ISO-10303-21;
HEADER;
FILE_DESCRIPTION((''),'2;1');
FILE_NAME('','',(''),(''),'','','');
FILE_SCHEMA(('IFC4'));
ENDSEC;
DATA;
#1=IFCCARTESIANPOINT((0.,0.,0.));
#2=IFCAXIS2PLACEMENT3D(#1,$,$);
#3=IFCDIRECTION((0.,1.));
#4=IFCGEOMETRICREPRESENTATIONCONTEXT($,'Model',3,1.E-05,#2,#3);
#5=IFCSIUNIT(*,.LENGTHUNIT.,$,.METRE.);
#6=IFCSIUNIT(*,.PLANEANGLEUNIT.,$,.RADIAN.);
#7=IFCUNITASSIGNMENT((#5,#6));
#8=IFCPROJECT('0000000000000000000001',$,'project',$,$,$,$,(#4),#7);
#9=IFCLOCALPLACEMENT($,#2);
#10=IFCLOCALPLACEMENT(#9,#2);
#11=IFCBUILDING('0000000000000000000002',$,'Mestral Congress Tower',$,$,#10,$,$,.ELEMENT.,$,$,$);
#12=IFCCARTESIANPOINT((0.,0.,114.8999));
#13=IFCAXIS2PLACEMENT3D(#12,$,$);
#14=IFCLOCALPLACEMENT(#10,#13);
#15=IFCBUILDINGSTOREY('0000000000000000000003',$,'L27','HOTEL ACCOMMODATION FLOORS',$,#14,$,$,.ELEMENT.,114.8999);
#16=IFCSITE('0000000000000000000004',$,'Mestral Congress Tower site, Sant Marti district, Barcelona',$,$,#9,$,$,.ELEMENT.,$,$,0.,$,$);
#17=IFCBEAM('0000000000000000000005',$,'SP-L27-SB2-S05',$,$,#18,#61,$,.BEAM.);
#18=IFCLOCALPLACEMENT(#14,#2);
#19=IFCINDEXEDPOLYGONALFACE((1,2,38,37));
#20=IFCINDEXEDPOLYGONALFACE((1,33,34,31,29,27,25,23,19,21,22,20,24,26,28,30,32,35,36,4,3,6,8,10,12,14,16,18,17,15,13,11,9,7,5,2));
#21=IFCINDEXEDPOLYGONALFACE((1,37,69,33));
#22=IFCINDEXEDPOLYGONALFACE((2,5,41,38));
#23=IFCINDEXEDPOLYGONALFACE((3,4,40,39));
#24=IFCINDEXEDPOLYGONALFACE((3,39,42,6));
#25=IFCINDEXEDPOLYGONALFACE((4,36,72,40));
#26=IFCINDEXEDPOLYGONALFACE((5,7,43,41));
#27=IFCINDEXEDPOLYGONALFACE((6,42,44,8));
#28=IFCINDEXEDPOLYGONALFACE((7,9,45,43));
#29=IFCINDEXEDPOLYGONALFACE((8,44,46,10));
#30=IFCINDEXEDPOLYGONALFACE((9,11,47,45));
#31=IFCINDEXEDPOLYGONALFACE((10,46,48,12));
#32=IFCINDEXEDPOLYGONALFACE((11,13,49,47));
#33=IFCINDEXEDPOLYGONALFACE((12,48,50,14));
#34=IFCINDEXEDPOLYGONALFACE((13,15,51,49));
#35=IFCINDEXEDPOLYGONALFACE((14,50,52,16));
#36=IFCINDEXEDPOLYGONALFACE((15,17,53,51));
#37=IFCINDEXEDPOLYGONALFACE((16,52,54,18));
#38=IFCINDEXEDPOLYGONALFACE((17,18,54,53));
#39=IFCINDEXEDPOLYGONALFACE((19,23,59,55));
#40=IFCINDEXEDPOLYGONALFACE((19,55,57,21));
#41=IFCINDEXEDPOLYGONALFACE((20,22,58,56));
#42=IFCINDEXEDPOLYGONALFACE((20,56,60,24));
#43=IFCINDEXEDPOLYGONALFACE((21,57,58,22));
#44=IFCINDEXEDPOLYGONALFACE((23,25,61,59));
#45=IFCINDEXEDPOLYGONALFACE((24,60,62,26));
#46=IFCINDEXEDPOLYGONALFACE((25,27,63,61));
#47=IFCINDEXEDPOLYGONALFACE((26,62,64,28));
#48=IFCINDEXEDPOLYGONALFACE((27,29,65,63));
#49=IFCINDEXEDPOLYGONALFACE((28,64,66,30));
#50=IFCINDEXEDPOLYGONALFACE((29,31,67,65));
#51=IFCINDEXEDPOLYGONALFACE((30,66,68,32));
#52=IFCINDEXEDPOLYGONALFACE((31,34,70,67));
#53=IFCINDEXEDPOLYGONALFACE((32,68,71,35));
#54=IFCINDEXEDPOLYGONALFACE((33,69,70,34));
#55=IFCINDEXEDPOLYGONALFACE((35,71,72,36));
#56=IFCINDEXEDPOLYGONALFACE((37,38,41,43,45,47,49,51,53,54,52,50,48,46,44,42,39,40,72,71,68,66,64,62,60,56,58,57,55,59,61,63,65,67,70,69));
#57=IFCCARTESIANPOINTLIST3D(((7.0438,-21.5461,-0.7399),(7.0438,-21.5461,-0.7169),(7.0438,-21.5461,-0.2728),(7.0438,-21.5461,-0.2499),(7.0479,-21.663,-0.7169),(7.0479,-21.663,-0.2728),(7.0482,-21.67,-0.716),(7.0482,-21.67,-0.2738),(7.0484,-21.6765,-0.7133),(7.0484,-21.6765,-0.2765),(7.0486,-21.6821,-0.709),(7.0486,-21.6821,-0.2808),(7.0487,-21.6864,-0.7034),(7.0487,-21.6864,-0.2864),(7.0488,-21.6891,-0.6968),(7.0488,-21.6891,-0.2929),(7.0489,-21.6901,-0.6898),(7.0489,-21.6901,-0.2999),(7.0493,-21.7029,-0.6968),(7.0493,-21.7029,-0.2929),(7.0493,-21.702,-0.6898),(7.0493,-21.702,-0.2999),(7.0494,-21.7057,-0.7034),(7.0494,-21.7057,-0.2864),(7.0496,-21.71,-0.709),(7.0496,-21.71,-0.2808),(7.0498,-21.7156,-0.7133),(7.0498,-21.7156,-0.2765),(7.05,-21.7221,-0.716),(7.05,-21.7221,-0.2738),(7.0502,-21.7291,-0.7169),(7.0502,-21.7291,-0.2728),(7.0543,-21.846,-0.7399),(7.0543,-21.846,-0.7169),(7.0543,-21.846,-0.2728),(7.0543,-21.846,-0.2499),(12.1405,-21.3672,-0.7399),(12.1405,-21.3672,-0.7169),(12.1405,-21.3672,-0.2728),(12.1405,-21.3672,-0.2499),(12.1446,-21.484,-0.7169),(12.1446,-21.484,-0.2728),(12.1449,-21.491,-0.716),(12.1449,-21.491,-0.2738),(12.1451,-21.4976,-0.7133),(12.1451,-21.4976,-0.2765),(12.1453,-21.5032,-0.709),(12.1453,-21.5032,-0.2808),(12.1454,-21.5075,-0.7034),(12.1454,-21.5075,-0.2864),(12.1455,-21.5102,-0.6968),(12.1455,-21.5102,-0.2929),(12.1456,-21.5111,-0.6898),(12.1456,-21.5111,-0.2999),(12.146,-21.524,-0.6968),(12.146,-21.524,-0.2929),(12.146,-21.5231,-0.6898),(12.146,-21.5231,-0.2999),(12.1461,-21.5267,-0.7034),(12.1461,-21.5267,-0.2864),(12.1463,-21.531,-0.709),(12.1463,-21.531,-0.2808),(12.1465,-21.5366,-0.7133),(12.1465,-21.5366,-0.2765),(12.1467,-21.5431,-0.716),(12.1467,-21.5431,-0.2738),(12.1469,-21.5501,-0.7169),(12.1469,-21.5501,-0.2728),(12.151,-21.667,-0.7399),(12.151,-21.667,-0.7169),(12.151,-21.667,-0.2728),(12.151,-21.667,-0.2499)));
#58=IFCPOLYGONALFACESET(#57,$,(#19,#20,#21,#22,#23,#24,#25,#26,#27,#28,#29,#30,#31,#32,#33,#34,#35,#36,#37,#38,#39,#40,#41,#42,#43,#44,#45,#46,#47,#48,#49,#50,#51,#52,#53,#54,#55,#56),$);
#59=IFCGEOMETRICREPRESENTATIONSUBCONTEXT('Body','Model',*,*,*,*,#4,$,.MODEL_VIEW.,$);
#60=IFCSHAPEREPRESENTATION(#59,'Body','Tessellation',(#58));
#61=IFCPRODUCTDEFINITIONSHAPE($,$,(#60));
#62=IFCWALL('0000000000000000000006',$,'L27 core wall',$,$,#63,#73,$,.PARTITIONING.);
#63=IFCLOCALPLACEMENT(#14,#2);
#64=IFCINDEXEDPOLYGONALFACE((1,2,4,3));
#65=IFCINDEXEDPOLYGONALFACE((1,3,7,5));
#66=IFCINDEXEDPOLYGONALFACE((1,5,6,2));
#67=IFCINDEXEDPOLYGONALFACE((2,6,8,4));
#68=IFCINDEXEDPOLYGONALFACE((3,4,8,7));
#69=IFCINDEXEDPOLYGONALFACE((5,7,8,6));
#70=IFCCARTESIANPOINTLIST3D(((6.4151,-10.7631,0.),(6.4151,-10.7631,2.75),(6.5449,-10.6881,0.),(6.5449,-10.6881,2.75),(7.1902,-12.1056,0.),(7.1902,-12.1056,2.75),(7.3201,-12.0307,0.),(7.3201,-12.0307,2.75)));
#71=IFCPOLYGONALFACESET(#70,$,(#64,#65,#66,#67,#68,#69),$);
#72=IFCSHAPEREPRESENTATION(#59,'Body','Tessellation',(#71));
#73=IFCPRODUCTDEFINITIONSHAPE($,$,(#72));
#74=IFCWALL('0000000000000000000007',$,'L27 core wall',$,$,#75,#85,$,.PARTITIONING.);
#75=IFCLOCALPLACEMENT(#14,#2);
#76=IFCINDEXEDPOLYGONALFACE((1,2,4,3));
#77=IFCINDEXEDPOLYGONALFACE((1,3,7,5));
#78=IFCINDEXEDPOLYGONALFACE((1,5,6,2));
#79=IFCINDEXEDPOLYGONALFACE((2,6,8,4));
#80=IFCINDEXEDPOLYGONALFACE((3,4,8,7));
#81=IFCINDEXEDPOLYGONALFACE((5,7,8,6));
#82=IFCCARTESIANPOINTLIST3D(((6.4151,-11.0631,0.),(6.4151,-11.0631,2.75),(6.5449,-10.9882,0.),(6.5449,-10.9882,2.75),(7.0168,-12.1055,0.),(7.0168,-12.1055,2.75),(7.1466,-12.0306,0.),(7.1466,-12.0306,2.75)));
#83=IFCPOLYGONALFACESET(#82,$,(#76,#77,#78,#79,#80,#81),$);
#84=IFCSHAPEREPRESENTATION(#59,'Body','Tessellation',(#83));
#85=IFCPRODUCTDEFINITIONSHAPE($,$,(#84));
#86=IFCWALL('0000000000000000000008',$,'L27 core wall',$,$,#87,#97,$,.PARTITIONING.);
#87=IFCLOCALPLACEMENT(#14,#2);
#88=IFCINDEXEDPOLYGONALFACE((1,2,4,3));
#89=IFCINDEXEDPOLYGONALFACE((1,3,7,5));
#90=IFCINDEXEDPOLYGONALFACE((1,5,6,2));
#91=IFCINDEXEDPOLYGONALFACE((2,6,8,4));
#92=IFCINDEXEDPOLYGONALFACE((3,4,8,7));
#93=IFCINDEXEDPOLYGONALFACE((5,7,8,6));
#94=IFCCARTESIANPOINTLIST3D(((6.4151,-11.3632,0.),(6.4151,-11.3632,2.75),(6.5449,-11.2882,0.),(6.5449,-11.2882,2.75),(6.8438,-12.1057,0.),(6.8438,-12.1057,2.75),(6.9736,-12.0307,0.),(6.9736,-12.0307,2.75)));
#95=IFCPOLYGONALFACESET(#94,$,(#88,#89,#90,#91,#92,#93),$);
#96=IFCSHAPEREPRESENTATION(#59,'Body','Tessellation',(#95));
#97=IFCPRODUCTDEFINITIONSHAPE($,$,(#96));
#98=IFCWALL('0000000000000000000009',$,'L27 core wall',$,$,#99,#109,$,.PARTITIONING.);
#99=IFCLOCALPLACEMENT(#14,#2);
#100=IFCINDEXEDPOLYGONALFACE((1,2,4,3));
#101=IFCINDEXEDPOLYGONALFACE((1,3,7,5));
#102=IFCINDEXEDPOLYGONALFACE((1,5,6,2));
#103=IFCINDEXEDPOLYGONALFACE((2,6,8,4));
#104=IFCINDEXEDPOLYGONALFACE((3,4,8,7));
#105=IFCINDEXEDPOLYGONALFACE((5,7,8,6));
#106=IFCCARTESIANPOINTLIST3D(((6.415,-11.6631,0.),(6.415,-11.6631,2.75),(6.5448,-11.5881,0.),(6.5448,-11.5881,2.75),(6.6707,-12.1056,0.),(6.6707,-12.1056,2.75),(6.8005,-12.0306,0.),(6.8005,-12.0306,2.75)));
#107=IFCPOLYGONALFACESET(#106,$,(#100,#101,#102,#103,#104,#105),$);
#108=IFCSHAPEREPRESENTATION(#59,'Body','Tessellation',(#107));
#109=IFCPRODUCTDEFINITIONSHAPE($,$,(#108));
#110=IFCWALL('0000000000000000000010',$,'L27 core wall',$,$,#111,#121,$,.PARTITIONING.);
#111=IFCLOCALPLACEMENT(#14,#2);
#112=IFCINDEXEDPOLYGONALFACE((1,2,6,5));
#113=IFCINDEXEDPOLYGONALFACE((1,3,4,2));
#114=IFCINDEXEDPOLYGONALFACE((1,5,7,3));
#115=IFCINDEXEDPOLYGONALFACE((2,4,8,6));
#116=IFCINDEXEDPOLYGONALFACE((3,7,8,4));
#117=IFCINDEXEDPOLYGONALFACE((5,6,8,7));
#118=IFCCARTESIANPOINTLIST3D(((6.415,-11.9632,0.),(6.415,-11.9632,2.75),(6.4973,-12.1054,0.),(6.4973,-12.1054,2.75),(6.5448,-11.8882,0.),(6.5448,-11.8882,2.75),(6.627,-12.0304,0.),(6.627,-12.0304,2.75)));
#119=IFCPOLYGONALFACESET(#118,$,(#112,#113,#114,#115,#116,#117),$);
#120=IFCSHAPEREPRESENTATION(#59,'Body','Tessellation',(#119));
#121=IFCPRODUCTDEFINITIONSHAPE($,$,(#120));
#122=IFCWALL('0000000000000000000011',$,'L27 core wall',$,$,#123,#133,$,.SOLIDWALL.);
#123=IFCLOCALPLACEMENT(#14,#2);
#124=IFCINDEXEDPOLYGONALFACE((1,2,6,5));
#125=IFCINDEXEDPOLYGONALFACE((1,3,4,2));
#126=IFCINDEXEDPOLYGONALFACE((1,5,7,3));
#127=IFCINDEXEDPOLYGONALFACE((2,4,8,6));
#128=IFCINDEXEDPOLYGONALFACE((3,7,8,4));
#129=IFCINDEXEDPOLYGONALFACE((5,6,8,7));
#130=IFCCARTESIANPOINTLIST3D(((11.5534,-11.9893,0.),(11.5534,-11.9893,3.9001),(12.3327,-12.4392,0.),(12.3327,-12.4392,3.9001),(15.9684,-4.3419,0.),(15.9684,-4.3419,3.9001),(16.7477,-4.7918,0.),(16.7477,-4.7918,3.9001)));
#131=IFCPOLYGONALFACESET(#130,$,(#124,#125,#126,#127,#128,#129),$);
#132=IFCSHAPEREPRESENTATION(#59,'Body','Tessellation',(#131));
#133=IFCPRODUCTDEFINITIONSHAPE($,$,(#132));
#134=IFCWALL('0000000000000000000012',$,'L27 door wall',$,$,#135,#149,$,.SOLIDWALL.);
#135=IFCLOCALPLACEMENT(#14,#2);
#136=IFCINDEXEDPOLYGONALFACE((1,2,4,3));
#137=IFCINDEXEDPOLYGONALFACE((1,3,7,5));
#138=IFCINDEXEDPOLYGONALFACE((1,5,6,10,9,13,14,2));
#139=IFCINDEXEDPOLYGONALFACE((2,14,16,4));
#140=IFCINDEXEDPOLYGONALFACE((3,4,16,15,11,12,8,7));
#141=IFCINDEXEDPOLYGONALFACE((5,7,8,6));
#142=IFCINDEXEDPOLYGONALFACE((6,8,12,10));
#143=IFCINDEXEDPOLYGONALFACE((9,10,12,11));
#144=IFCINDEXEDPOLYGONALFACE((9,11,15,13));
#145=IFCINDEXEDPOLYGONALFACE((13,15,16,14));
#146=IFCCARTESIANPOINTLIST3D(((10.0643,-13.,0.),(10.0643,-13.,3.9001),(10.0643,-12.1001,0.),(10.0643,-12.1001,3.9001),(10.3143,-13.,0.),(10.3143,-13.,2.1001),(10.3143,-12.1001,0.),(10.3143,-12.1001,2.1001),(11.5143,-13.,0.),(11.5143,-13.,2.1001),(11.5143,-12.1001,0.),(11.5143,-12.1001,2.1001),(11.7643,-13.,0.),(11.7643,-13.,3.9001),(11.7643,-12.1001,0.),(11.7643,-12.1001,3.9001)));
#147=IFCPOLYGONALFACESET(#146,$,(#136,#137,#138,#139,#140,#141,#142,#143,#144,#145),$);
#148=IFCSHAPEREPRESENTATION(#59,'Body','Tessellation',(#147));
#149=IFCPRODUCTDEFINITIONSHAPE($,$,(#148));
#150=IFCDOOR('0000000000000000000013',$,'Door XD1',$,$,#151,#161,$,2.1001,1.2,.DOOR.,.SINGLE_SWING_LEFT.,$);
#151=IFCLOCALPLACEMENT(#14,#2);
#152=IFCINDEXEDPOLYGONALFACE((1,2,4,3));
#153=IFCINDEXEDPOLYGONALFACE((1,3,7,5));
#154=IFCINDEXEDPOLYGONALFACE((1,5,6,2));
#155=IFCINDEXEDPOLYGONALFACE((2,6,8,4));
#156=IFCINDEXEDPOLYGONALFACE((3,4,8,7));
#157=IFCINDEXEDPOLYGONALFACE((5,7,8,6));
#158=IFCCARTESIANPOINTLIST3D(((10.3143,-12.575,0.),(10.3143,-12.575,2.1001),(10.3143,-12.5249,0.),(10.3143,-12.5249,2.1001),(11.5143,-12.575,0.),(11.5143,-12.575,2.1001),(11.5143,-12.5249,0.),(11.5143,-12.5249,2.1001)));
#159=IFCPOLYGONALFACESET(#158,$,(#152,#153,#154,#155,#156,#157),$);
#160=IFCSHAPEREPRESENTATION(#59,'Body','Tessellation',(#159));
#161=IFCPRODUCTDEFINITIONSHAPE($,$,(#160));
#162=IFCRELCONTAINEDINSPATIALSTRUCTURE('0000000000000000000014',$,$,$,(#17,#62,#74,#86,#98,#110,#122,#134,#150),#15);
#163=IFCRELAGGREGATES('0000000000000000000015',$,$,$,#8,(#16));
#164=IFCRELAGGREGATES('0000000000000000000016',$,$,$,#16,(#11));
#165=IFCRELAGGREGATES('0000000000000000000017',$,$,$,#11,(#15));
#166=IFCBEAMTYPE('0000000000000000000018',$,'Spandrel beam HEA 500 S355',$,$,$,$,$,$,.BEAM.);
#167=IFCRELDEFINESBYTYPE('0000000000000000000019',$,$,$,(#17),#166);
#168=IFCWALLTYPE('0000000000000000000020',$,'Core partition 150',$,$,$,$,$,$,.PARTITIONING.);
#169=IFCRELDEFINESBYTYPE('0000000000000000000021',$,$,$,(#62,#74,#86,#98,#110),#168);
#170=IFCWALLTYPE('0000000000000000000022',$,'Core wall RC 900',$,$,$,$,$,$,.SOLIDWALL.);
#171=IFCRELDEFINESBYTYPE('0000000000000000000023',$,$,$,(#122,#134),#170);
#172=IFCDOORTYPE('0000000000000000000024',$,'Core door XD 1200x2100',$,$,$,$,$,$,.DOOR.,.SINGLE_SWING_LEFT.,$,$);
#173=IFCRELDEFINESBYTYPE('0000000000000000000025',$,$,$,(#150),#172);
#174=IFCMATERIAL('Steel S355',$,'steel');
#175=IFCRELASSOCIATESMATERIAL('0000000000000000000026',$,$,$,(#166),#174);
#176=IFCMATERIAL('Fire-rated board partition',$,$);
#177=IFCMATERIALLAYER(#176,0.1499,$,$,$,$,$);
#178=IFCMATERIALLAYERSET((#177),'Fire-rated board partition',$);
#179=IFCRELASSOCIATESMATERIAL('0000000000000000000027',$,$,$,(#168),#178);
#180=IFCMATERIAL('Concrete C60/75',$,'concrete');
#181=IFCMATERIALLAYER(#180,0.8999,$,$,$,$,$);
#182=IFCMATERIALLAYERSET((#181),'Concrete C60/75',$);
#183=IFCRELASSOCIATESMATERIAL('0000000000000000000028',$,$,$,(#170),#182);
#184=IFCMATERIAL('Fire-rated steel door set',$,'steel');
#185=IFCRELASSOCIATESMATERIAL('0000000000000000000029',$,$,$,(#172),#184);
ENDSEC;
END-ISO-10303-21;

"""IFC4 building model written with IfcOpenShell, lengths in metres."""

from ifc_helpers import new_model, si_unit, direction, frame, frame_2d, origin, origin_2d, place, context, subcontext, project, spatial, rectangle, i_section, extrude, material, layer, layer_set, material_profile, profile_set, type_object, element, fill, save


model = new_model("IFC4")

# Units and contexts
model_context = context("Model", 3, precision=1e-05, world=origin(), true_north=direction((0.0, 1.0)))
body_context = subcontext(model_context, "Body", "Model", "MODEL_VIEW")
ifc_project = project(units=[si_unit("LENGTHUNIT", "METRE"), si_unit("PLANEANGLEUNIT", "RADIAN")], contexts=[model_context])

# Site, building, storey
site_placement = place(None, origin())
site = spatial("IfcSite", under=ifc_project, at=site_placement, Name="Mestral Congress Tower site, Sant Marti district, Barcelona", CompositionType="ELEMENT", RefElevation=0.0)
building_placement = place(site_placement, origin())
building = spatial("IfcBuilding", under=site, at=building_placement, Name="Mestral Congress Tower", CompositionType="ELEMENT")
storey_placement = place(building_placement, frame((0.0, 0.0, 114.8999)))
storey = spatial("IfcBuildingStorey", under=building, at=storey_placement, Name="L27", Description="HOTEL ACCOMMODATION FLOORS", CompositionType="ELEMENT", Elevation=114.8999)

# Beam
ifc_material_1 = material(Name="Steel S355", Category="steel")
ifc_material_profile_1 = material_profile(ifc_material_1, i_section(OverallWidth=0.3, OverallDepth=0.49, WebThickness=0.012, FlangeThickness=0.0229, FilletRadius=0.0271, at=origin_2d()), Name="HEA 500")
ifc_profile_set_1 = profile_set([ifc_material_profile_1], Name="Steel S355")
beam_type_1 = type_object("IfcBeamType", Name="Spandrel beam HEA 500 S355", PredefinedType="BEAM", material=ifc_profile_set_1)
for number, where, z_axis, x_axis, name in (
    (1, (7.0491, -21.696, -0.4949), (0.999384, 0.03509, 0.0), (-0.03509, 0.999384, 0.0), "SP-L27-SB2-S05"),
):
    element("IfcBeam", number, at=place(storey_placement, frame(where, z_axis=z_axis, x_axis=x_axis)), inside=storey, type_object=beam_type_1, Name=name, PredefinedType="BEAM", context=body_context, shape_type="SweptSolid", body=[
        extrude(i_section(OverallWidth=0.3, OverallDepth=0.49, WebThickness=0.012, FlangeThickness=0.0229, FilletRadius=0.0271, at=origin_2d()), origin(), (0.0, 0.0, 1.0), 5.0999),
    ])

# Walls
ifc_material_2 = material(Name="Fire-rated board partition")
ifc_layer_1 = layer(ifc_material_2, 0.1499)
ifc_layer_set_1 = layer_set([ifc_layer_1], Name="Fire-rated board partition")
wall_type_1 = type_object("IfcWallType", Name="Core partition 150", PredefinedType="PARTITIONING", material=ifc_layer_set_1)
wall_1_placement = place(storey_placement, frame((6.48, -10.7256, 0.0), z_axis=(0.0, 0.0, 1.0), x_axis=(0.500018, -0.866015, 0.0)))
element("IfcWall", 2, at=wall_1_placement, inside=storey, type_object=wall_type_1, Name="L27 core wall", PredefinedType="PARTITIONING", context=body_context, shape_type="SweptSolid", body=[
    extrude(rectangle(XDim=1.5503, YDim=0.1499, at=frame_2d((0.7751, 0.0))), origin(), (0.0, 0.0, 1.0), 2.75),
])
wall_2_placement = place(storey_placement, frame((6.48, -11.0256, 0.0), z_axis=(0.0, 0.0, 1.0), x_axis=(0.499957, -0.86605, 0.0)))
element("IfcWall", 3, at=wall_2_placement, inside=storey, type_object=wall_type_1, Name="L27 core wall", PredefinedType="PARTITIONING", context=body_context, shape_type="SweptSolid", body=[
    extrude(rectangle(XDim=1.2036, YDim=0.1499, at=frame_2d((0.6018, 0.0))), origin(), (0.0, 0.0, 1.0), 2.75),
])
wall_3_placement = place(storey_placement, frame((6.48, -11.3257, 0.0), z_axis=(0.0, 0.0, 1.0), x_axis=(0.500059, -0.865991, 0.0)))
element("IfcWall", 4, at=wall_3_placement, inside=storey, type_object=wall_type_1, Name="L27 core wall", PredefinedType="PARTITIONING", context=body_context, shape_type="SweptSolid", body=[
    extrude(rectangle(XDim=0.8574, YDim=0.1499, at=frame_2d((0.4287, 0.0))), origin(), (0.0, 0.0, 1.0), 2.75),
])
wall_4_placement = place(storey_placement, frame((6.48, -11.6257, 0.0), z_axis=(0.0, 0.0, 1.0), x_axis=(0.500301, -0.865851, 0.0)))
element("IfcWall", 5, at=wall_4_placement, inside=storey, type_object=wall_type_1, Name="L27 core wall", PredefinedType="PARTITIONING", context=body_context, shape_type="SweptSolid", body=[
    extrude(rectangle(XDim=0.511, YDim=0.1499, at=frame_2d((0.2554, 0.0))), origin(), (0.0, 0.0, 1.0), 2.75),
])
wall_5_placement = place(storey_placement, frame((6.48, -11.9258, 0.0), z_axis=(0.0, 0.0, 1.0), x_axis=(0.500451, -0.865765, 0.0)))
element("IfcWall", 6, at=wall_5_placement, inside=storey, type_object=wall_type_1, Name="L27 core wall", PredefinedType="PARTITIONING", context=body_context, shape_type="SweptSolid", body=[
    extrude(rectangle(XDim=0.1643, YDim=0.1499, at=frame_2d((0.082, 0.0))), origin(), (0.0, 0.0, 1.0), 2.75),
])
ifc_material_3 = material(Name="Concrete C60/75", Category="concrete")
ifc_layer_2 = layer(ifc_material_3, 0.8999)
ifc_layer_set_2 = layer_set([ifc_layer_2], Name="Concrete C60/75")
wall_type_2 = type_object("IfcWallType", Name="Core wall RC 900", PredefinedType="SOLIDWALL", material=ifc_layer_set_2)
wall_6_placement = place(storey_placement, frame((11.9431, -12.2141, 0.0), z_axis=(0.0, 0.0, 1.0), x_axis=(0.499981, 0.866036, 0.0)))
element("IfcWall", 7, at=wall_6_placement, inside=storey, type_object=wall_type_2, Name="L27 core wall", PredefinedType="SOLIDWALL", context=body_context, shape_type="SweptSolid", body=[
    extrude(rectangle(XDim=8.8303, YDim=0.8999, at=frame_2d((4.415, 0.0))), origin(), (0.0, 0.0, 1.0), 3.9001),
])

# Wall, opening, door
wall_7_placement = place(storey_placement, frame((11.7644, -12.55, 0.0), z_axis=(0.0, 0.0, 1.0), x_axis=(-1.0, 0.0, 0.0)))
wall_7 = element("IfcWall", 8, at=wall_7_placement, inside=storey, type_object=wall_type_2, Name="L27 door wall", PredefinedType="SOLIDWALL", context=body_context, shape_type="SweptSolid", body=[
    extrude(rectangle(XDim=1.7, YDim=0.8999, at=frame_2d((0.8501, 0.0))), origin(), (0.0, 0.0, 1.0), 3.9001),
])
opening_1_placement = place(wall_7_placement, frame((0.25, 0.0, 0.0)))
opening_1 = element("IfcOpeningElement", 9, at=opening_1_placement, cuts=wall_7, PredefinedType="OPENING", context=body_context, shape_type="SweptSolid", body=[
    extrude(rectangle(XDim=1.2, YDim=2.1001, at=frame_2d((0.6001, 1.05))), frame((0.0, 0.46, 0.0), z_axis=(0.0, -1.0, 0.0), x_axis=(1.0, 0.0, 0.0)), (0.0, 0.0, 1.0), 0.9199),
])
ifc_material_4 = material(Name="Fire-rated steel door set", Category="steel")
door_type_1 = type_object("IfcDoorType", Name="Core door XD 1200x2100", OperationType="SINGLE_SWING_LEFT", PredefinedType="DOOR", material=ifc_material_4)
door_1_placement = place(opening_1_placement, origin())
door_1 = element("IfcDoor", 10, at=door_1_placement, inside=storey, type_object=door_type_1, Name="Door XD1", OperationType="SINGLE_SWING_LEFT", OverallHeight=2.1001, OverallWidth=1.2, PredefinedType="DOOR", context=body_context, shape_type="SweptSolid", body=[
    extrude(rectangle(XDim=1.2, YDim=2.1001, at=frame_2d((0.6001, 1.05))), frame((0.0, 0.0249, 0.0), z_axis=(0.0, -1.0, 0.0), x_axis=(1.0, 0.0, 0.0)), (0.0, 0.0, 1.0), 0.05),
])
fill(opening_1, door_1)

save(model, "model.ifc")
